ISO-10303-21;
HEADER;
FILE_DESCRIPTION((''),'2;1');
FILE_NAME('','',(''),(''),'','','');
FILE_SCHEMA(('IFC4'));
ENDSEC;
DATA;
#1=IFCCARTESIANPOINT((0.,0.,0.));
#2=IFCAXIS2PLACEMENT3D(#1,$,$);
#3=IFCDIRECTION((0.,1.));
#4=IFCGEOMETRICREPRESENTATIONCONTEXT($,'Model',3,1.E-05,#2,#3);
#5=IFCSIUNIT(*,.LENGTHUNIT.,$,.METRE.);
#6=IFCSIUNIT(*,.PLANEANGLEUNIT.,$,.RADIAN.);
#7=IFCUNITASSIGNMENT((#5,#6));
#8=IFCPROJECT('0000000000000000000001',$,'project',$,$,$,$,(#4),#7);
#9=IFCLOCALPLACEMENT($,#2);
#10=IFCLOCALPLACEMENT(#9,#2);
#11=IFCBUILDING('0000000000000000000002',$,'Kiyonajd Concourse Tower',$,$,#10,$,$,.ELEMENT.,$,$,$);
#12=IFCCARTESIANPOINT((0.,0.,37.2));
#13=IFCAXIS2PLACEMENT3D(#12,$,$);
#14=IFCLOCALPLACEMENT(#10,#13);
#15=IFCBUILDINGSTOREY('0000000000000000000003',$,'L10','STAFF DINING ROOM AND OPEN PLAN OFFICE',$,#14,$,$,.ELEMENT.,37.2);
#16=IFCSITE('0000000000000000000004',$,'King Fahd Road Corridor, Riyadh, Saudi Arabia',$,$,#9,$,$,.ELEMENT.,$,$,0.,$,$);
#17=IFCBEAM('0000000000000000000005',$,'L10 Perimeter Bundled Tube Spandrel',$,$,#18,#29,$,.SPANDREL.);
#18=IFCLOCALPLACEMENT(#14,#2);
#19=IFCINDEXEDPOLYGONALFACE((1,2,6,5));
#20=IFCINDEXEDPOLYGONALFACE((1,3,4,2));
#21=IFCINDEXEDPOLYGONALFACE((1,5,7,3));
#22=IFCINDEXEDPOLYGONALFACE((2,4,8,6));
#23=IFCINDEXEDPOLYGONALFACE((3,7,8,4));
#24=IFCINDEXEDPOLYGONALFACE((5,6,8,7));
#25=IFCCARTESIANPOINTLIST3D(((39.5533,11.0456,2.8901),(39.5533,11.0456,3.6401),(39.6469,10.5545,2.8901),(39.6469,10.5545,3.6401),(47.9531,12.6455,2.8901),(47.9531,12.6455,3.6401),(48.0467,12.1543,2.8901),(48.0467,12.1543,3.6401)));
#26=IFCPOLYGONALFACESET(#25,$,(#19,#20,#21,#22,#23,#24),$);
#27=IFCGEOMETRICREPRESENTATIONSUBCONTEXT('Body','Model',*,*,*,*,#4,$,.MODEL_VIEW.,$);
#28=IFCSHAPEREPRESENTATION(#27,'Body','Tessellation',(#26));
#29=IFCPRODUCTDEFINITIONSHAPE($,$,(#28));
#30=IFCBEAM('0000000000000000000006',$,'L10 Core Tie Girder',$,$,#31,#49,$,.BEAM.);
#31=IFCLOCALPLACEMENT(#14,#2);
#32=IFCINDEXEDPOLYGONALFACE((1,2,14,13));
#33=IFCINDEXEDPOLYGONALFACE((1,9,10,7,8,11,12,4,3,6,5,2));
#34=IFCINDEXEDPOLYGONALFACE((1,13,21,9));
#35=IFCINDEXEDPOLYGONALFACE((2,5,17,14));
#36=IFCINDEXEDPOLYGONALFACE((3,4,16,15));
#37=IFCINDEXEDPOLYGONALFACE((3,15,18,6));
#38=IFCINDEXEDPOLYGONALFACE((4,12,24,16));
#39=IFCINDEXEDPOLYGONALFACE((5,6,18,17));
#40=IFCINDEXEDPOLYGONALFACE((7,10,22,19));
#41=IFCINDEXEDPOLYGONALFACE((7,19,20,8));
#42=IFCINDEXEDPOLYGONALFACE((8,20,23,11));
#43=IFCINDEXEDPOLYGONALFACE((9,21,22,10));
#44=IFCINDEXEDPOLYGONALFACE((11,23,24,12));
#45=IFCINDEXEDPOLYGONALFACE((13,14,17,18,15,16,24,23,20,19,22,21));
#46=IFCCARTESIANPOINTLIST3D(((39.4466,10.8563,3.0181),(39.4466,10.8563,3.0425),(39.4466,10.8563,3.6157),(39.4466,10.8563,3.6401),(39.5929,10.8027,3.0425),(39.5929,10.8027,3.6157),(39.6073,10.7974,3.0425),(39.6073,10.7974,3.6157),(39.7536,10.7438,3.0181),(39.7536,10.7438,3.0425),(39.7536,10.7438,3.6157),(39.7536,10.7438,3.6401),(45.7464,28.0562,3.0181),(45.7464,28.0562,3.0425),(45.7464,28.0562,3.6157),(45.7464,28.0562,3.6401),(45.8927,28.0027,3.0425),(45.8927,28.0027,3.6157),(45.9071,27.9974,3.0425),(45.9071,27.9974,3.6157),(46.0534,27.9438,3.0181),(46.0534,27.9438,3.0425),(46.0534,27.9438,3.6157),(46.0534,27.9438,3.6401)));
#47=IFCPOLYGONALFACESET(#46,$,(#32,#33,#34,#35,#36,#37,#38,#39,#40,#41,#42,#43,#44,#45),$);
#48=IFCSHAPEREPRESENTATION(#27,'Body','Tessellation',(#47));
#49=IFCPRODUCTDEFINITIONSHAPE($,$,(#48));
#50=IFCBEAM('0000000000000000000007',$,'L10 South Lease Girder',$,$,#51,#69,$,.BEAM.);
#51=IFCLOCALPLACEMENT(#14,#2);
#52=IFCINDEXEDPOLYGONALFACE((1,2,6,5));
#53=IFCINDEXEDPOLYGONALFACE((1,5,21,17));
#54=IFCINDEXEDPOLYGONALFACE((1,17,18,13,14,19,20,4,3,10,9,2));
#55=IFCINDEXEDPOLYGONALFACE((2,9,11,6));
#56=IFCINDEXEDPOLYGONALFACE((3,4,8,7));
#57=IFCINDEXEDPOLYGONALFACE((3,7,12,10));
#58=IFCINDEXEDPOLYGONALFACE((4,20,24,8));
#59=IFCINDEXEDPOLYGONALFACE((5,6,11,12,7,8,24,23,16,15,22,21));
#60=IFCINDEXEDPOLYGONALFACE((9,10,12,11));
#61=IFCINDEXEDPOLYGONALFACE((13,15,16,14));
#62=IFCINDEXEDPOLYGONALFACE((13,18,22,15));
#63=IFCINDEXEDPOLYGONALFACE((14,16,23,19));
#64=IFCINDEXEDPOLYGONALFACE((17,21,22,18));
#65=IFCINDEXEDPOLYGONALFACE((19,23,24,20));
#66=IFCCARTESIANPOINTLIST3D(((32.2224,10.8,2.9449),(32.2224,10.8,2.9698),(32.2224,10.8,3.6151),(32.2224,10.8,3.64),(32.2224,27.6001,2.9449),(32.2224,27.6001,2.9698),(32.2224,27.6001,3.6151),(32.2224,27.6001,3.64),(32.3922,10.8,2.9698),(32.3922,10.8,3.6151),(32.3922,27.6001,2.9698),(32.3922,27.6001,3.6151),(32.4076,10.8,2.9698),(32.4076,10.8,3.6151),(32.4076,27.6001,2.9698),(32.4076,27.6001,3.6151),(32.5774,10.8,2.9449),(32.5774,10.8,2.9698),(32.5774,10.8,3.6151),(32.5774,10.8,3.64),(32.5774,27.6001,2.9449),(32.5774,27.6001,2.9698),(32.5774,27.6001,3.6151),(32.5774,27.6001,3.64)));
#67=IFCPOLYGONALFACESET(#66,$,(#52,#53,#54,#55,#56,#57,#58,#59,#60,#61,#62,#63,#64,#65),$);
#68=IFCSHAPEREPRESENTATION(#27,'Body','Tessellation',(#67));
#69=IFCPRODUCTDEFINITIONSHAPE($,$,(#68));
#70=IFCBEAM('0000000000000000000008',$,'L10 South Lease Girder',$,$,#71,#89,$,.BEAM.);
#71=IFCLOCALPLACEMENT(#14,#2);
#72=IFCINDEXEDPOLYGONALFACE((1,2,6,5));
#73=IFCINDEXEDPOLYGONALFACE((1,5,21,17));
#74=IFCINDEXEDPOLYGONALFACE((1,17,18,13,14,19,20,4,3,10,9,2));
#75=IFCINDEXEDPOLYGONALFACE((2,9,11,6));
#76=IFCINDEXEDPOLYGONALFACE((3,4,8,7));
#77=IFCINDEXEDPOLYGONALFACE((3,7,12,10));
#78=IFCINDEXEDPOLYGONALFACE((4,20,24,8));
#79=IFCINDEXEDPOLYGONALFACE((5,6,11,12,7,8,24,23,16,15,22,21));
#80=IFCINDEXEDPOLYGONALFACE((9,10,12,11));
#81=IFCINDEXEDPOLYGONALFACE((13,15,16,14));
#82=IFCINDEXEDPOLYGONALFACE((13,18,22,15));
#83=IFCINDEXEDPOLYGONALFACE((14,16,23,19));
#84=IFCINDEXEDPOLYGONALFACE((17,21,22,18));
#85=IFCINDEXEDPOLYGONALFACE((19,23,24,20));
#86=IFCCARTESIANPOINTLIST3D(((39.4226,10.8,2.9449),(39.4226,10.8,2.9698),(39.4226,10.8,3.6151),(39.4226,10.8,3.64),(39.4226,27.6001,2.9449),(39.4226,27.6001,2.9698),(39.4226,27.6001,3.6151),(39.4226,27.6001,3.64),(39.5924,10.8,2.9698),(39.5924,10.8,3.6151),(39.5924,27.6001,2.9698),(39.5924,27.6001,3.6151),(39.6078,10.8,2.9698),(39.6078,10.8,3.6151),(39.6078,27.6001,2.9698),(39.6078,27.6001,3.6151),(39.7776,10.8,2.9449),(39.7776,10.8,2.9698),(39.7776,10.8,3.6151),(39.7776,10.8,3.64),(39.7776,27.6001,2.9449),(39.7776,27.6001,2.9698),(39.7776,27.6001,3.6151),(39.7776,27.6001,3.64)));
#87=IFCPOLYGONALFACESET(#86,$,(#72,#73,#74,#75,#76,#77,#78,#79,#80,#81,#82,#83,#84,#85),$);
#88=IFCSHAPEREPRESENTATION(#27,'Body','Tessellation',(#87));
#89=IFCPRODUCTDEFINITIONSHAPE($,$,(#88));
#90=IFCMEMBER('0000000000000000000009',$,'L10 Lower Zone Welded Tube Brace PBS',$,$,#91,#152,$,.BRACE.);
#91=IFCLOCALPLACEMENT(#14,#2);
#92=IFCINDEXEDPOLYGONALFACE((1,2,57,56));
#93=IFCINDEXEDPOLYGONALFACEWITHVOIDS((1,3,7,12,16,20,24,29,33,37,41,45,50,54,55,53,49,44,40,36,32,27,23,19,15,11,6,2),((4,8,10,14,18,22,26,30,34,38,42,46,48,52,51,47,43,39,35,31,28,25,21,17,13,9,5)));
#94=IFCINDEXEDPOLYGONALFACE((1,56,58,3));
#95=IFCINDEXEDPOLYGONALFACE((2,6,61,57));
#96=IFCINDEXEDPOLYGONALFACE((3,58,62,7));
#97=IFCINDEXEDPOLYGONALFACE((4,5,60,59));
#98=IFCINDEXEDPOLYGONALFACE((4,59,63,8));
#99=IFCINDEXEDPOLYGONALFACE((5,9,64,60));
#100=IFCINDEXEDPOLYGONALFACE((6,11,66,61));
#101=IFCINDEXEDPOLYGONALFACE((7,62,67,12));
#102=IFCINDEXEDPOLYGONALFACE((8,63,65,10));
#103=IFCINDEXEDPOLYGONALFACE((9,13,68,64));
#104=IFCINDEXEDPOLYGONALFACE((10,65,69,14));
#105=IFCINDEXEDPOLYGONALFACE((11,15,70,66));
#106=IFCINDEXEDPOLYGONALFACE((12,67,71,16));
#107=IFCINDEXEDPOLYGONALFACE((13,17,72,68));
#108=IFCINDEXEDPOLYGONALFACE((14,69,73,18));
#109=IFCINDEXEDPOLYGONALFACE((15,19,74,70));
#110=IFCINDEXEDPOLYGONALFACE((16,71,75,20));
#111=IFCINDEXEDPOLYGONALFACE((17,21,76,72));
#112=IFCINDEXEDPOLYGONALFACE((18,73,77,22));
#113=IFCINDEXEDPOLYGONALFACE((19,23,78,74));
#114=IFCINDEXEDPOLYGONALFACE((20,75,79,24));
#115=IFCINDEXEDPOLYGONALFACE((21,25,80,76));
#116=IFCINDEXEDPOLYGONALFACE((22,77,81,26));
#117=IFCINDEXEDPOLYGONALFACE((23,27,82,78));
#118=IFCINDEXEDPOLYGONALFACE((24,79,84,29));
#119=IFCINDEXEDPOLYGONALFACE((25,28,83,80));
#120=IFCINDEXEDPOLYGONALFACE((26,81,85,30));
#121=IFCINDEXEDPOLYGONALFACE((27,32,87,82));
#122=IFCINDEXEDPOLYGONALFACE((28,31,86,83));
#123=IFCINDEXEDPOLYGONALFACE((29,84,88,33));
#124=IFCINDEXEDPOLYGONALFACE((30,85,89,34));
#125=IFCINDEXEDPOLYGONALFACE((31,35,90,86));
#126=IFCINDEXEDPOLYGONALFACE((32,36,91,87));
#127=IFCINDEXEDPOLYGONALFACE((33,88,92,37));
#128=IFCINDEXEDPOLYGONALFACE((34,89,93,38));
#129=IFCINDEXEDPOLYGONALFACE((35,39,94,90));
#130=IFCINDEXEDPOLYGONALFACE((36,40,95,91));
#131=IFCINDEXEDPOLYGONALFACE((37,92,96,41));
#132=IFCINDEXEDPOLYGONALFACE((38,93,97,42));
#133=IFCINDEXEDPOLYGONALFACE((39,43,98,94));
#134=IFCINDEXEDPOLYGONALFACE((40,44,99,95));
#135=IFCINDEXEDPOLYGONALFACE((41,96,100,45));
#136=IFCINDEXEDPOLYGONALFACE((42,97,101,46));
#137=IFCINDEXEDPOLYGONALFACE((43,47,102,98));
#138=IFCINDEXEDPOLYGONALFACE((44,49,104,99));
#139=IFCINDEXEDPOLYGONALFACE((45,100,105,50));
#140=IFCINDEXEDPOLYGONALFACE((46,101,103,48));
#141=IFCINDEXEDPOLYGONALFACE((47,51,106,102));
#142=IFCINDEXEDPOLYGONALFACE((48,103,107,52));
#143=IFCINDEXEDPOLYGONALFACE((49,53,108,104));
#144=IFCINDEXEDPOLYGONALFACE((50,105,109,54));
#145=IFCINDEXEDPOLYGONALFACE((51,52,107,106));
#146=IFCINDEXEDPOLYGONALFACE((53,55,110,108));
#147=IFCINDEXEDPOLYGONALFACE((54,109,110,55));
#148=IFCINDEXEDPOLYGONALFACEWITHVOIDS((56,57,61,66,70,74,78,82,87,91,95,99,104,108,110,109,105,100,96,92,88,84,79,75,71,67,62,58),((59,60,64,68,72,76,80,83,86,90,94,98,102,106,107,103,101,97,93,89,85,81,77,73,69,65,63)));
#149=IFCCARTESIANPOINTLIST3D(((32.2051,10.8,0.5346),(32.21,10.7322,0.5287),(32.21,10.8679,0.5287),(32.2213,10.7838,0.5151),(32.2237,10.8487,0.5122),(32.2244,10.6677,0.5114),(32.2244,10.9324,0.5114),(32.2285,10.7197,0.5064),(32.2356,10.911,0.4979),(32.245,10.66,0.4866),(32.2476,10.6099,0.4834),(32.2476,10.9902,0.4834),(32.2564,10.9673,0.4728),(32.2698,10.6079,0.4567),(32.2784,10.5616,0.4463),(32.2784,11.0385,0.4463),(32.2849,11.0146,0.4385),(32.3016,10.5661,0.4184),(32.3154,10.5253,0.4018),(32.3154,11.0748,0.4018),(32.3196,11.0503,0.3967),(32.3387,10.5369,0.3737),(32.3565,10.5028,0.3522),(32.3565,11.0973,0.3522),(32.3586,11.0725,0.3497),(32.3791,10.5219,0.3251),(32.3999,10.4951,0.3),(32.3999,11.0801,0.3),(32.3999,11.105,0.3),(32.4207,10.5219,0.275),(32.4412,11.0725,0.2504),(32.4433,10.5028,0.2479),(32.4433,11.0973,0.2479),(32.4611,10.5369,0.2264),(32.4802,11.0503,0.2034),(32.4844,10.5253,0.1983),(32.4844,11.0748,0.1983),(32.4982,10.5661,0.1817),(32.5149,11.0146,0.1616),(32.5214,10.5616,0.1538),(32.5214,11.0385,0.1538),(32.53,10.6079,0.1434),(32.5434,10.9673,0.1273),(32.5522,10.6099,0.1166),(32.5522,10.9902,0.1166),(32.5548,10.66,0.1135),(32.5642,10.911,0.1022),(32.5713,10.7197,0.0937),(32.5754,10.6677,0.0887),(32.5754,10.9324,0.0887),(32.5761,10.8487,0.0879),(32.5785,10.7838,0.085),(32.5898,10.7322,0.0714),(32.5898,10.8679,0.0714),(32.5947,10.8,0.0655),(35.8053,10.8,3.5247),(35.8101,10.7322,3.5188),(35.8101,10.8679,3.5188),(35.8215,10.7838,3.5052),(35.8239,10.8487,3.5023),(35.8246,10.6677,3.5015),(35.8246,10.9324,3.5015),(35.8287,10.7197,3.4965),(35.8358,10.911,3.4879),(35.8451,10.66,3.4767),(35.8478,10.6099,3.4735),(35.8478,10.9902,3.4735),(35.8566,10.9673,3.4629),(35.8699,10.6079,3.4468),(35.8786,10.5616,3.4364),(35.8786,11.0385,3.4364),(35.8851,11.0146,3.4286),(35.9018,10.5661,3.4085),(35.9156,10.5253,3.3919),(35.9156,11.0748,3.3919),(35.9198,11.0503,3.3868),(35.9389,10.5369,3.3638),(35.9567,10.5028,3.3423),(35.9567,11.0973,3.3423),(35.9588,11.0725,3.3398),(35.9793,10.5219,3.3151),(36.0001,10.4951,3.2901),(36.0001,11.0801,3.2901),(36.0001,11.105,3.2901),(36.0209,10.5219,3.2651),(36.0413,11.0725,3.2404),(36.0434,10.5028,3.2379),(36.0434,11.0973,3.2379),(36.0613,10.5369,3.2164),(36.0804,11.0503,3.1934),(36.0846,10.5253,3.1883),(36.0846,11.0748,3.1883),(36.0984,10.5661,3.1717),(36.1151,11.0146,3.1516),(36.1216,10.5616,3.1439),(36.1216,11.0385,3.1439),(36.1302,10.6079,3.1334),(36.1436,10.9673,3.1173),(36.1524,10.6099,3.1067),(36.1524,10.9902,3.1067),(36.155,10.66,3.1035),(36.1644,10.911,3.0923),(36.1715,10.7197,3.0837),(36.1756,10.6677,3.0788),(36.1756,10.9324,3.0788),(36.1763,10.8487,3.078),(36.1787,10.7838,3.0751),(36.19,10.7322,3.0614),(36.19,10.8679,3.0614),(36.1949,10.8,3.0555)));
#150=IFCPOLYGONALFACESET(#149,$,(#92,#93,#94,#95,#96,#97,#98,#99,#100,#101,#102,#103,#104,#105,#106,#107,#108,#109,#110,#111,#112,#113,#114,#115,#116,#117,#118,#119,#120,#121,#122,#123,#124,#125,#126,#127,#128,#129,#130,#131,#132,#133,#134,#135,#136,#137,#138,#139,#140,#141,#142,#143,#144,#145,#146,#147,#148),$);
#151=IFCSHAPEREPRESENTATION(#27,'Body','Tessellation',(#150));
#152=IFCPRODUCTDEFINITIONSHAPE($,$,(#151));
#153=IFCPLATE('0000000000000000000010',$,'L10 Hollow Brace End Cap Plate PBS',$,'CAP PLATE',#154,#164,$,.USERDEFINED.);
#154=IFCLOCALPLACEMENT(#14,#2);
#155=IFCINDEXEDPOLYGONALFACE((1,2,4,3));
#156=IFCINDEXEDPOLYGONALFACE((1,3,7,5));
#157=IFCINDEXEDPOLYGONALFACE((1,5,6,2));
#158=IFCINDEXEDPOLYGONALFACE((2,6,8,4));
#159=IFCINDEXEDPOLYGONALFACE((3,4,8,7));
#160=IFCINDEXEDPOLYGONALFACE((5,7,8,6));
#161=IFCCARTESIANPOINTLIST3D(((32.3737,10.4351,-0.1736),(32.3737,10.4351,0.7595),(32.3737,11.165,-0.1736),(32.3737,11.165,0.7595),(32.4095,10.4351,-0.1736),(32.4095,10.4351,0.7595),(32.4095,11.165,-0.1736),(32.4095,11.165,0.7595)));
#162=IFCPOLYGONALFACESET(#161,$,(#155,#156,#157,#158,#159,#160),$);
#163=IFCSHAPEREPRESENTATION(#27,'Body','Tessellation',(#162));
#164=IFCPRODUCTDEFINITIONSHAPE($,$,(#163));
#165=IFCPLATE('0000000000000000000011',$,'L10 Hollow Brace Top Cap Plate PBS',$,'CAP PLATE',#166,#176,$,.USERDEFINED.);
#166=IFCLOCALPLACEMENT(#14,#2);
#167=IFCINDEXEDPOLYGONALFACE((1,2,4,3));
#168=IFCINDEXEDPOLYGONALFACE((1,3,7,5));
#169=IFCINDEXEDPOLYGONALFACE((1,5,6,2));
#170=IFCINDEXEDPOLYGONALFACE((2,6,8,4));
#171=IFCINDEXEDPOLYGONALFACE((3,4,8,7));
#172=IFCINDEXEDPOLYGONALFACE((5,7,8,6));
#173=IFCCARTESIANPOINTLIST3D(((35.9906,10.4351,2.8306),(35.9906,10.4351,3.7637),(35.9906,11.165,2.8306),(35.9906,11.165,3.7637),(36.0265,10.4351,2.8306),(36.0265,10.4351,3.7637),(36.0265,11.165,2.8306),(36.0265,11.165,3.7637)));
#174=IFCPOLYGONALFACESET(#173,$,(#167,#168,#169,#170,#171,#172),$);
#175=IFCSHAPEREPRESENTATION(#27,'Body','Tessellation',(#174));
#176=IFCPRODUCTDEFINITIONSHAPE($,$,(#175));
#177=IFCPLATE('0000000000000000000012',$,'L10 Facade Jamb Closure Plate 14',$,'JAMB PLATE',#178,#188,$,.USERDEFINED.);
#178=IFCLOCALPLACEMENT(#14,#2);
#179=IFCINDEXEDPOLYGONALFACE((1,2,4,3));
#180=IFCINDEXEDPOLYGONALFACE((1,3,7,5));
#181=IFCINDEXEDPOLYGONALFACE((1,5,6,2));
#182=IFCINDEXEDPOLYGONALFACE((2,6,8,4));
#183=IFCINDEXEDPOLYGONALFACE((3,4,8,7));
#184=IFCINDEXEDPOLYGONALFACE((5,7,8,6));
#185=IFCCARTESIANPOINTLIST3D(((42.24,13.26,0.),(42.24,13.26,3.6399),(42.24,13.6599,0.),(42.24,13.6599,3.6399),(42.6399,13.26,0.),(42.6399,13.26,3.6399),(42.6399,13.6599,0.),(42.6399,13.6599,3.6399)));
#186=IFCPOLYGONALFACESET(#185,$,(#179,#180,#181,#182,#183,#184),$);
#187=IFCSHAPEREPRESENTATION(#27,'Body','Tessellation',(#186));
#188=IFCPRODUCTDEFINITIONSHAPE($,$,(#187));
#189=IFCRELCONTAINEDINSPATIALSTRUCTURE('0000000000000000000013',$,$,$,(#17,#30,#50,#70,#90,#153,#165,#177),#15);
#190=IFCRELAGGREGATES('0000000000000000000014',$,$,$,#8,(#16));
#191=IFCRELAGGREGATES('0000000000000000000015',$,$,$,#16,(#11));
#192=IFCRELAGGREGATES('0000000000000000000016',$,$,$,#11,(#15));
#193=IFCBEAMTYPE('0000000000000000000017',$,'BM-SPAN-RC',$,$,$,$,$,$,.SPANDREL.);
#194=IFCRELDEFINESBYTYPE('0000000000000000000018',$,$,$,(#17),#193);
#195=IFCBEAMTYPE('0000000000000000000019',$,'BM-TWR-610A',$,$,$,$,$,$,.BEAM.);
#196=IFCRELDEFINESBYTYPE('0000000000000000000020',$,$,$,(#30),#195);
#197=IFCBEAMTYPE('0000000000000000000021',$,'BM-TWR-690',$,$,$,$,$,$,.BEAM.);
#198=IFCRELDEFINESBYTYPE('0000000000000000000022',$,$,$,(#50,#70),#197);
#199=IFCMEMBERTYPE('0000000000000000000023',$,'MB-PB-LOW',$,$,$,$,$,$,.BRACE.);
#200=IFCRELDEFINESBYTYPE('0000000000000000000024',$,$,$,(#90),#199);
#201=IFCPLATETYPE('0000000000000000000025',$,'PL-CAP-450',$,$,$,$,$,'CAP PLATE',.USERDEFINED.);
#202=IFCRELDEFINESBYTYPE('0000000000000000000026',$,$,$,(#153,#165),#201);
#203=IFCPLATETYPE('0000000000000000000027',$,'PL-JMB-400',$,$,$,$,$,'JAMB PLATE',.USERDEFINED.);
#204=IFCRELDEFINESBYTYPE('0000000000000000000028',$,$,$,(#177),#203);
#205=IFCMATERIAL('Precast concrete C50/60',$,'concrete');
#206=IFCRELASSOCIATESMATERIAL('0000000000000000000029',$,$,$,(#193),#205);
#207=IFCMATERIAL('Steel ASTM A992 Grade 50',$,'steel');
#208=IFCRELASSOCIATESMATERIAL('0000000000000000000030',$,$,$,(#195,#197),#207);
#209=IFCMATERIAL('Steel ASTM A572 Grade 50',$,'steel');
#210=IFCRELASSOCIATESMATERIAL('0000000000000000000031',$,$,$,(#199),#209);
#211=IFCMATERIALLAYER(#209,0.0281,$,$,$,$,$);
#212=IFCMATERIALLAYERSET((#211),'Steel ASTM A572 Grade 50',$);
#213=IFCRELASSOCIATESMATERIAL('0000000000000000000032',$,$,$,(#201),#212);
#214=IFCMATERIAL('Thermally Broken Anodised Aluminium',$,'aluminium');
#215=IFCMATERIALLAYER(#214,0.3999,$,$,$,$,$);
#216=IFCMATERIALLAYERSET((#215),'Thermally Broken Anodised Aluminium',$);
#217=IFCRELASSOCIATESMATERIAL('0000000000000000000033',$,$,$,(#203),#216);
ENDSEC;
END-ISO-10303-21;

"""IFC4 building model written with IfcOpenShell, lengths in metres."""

from ifc_helpers import new_model, si_unit, direction, frame, origin, origin_2d, place, context, subcontext, project, spatial, rectangle, hollow_circle, i_section, extrude, material, layer, layer_set, material_profile, profile_set, type_object, element, save


model = new_model("IFC4")

# Units and contexts
model_context = context("Model", 3, precision=1e-05, world=origin(), true_north=direction((0.0, 1.0)))
body_context = subcontext(model_context, "Body", "Model", "MODEL_VIEW")
ifc_project = project(units=[si_unit("LENGTHUNIT", "METRE"), si_unit("PLANEANGLEUNIT", "RADIAN")], contexts=[model_context])

# Site, building, storey
site_placement = place(None, origin())
site = spatial("IfcSite", under=ifc_project, at=site_placement, Name="King Fahd Road Corridor, Riyadh, Saudi Arabia", CompositionType="ELEMENT", RefElevation=0.0)
building_placement = place(site_placement, origin())
building = spatial("IfcBuilding", under=site, at=building_placement, Name="Kiyonajd Concourse Tower", CompositionType="ELEMENT")
storey_placement = place(building_placement, frame((0.0, 0.0, 37.2)))
storey = spatial("IfcBuildingStorey", under=building, at=storey_placement, Name="L10", Description="STAFF DINING ROOM AND OPEN PLAN OFFICE", CompositionType="ELEMENT", Elevation=37.2)

# Beams
ifc_material_1 = material(Name="Steel ASTM A992 Grade 50", Category="steel")
ifc_material_2 = material(Name="Precast concrete C50/60", Category="concrete")
ifc_material_profile_1 = material_profile(ifc_material_2, rectangle(XDim=0.5, YDim=0.75, at=origin_2d()), Name="RCBM-500x750")
ifc_profile_set_1 = profile_set([ifc_material_profile_1], Name="Precast concrete C50/60")
beam_type_1 = type_object("IfcBeamType", Name="BM-SPAN-RC", PredefinedType="SPANDREL", material=ifc_profile_set_1)
beam_1_placement = place(storey_placement, frame((39.6001, 10.8, 3.2651), z_axis=(0.982341, 0.187098, 0.0), x_axis=(-0.187098, 0.982341, 0.0)))
element("IfcBeam", 1, at=beam_1_placement, inside=storey, type_object=beam_type_1, Name="L10 Perimeter Bundled Tube Spandrel", PredefinedType="SPANDREL", context=body_context, shape_type="SweptSolid", body=[
    extrude(rectangle(XDim=0.5, YDim=0.75, at=origin_2d()), origin(), (0.0, 0.0, 1.0), 8.5508),
])
ifc_material_profile_2 = material_profile(ifc_material_1, i_section(OverallWidth=0.3269, OverallDepth=0.6221, WebThickness=0.0154, FlangeThickness=0.0244, at=origin_2d()), Name="W610X195")
ifc_profile_set_2 = profile_set([ifc_material_profile_2], Name="Steel ASTM A992 Grade 50")
beam_type_2 = type_object("IfcBeamType", Name="BM-TWR-610A", PredefinedType="BEAM", material=ifc_profile_set_2)
beam_2_placement = place(storey_placement, frame((39.6001, 10.8, 3.3291), z_axis=(0.343925, 0.938997, 0.0), x_axis=(-0.938997, 0.343925, 0.0)))
element("IfcBeam", 2, at=beam_2_placement, inside=storey, type_object=beam_type_2, Name="L10 Core Tie Girder", PredefinedType="BEAM", context=body_context, shape_type="SweptSolid", body=[
    extrude(i_section(OverallWidth=0.3269, OverallDepth=0.6221, WebThickness=0.0154, FlangeThickness=0.0244, at=origin_2d()), origin(), (0.0, 0.0, 1.0), 18.3174),
])
ifc_material_profile_3 = material_profile(ifc_material_1, i_section(OverallWidth=0.355, OverallDepth=0.6951, WebThickness=0.0154, FlangeThickness=0.0249, at=origin_2d()), Name="W690X217")
ifc_profile_set_3 = profile_set([ifc_material_profile_3], Name="Steel ASTM A992 Grade 50")
beam_type_3 = type_object("IfcBeamType", Name="BM-TWR-690", PredefinedType="BEAM", material=ifc_profile_set_3)
for number, where, z_axis, x_axis, name in (
    (3, (32.3999, 10.8, 3.2925), (0.0, 1.0, 0.0), (-1.0, 0.0, 0.0), "L10 South Lease Girder"),
    (4, (39.6001, 10.8, 3.2925), (0.0, 1.0, 0.0), (-1.0, 0.0, 0.0), "L10 South Lease Girder"),
):
    element("IfcBeam", number, at=place(storey_placement, frame(where, z_axis=z_axis, x_axis=x_axis)), inside=storey, type_object=beam_type_3, Name=name, PredefinedType="BEAM", context=body_context, shape_type="SweptSolid", body=[
        extrude(i_section(OverallWidth=0.355, OverallDepth=0.6951, WebThickness=0.0154, FlangeThickness=0.0249, at=origin_2d()), origin(), (0.0, 0.0, 1.0), 16.8),
    ])

# Member
ifc_material_3 = material(Name="Steel ASTM A572 Grade 50", Category="steel")
ifc_material_profile_4 = material_profile(ifc_material_3, hollow_circle(Radius=0.3049, WallThickness=0.0249, at=origin_2d()), Name="CHS-610x25")
ifc_profile_set_4 = profile_set([ifc_material_profile_4], Name="Steel ASTM A572 Grade 50")
member_type = type_object("IfcMemberType", Name="MB-PB-LOW", PredefinedType="BRACE", material=ifc_profile_set_4)
member_placement = place(storey_placement, frame((32.3999, 10.8, 0.3), z_axis=(0.769281, 0.0, 0.638911), x_axis=(0.0, 1.0, 0.0)))
element("IfcMember", 5, at=member_placement, inside=storey, type_object=member_type, Name="L10 Lower Zone Welded Tube Brace PBS", PredefinedType="BRACE", context=body_context, shape_type="SweptSolid", body=[
    extrude(hollow_circle(Radius=0.3049, WallThickness=0.0249, at=origin_2d()), origin(), (0.0, 0.0, 1.0), 4.6799),
])

# Plates
ifc_layer_1 = layer(ifc_material_3, 0.0281)
ifc_layer_set_1 = layer_set([ifc_layer_1], Name="Steel ASTM A572 Grade 50")
plate_type_1 = type_object("IfcPlateType", Name="PL-CAP-450", ElementType="CAP PLATE", PredefinedType="USERDEFINED", material=ifc_layer_set_1)
for number, where, z_axis, x_axis, name in (
    (6, (32.3916, 10.8, -0.1736), (0.0, 0.0, 1.0), (-1.0, 0.0, 0.0), "L10 Hollow Brace End Cap Plate PBS"),
    (7, (36.0085, 10.8, 2.8306), (0.0, 0.0, 1.0), (1.0, 0.0, 0.0), "L10 Hollow Brace Top Cap Plate PBS"),
):
    element("IfcPlate", number, at=place(storey_placement, frame(where, z_axis=z_axis, x_axis=x_axis)), inside=storey, type_object=plate_type_1, Name=name, ObjectType="CAP PLATE", PredefinedType="USERDEFINED", context=body_context, shape_type="SweptSolid", body=[
        extrude(rectangle(XDim=0.0359, YDim=0.73, at=origin_2d()), origin(), (0.0, 0.0, 1.0), 0.9331),
    ])
ifc_material_4 = material(Name="Thermally Broken Anodised Aluminium", Category="aluminium")
ifc_layer_2 = layer(ifc_material_4, 0.3999)
ifc_layer_set_2 = layer_set([ifc_layer_2], Name="Thermally Broken Anodised Aluminium")
plate_type_2 = type_object("IfcPlateType", Name="PL-JMB-400", ElementType="JAMB PLATE", PredefinedType="USERDEFINED", material=ifc_layer_set_2)
plate_placement = place(storey_placement, frame((42.4399, 13.46, 0.0), z_axis=(0.0, 0.0, 1.0), x_axis=(1.0, 0.0, 0.0)))
element("IfcPlate", 8, at=plate_placement, inside=storey, type_object=plate_type_2, Name="L10 Facade Jamb Closure Plate 14", ObjectType="JAMB PLATE", PredefinedType="USERDEFINED", context=body_context, shape_type="SweptSolid", body=[
    extrude(rectangle(XDim=0.3999, YDim=0.3999, at=origin_2d()), origin(), (0.0, 0.0, 1.0), 3.6399),
])

save(model, "model.ifc")
